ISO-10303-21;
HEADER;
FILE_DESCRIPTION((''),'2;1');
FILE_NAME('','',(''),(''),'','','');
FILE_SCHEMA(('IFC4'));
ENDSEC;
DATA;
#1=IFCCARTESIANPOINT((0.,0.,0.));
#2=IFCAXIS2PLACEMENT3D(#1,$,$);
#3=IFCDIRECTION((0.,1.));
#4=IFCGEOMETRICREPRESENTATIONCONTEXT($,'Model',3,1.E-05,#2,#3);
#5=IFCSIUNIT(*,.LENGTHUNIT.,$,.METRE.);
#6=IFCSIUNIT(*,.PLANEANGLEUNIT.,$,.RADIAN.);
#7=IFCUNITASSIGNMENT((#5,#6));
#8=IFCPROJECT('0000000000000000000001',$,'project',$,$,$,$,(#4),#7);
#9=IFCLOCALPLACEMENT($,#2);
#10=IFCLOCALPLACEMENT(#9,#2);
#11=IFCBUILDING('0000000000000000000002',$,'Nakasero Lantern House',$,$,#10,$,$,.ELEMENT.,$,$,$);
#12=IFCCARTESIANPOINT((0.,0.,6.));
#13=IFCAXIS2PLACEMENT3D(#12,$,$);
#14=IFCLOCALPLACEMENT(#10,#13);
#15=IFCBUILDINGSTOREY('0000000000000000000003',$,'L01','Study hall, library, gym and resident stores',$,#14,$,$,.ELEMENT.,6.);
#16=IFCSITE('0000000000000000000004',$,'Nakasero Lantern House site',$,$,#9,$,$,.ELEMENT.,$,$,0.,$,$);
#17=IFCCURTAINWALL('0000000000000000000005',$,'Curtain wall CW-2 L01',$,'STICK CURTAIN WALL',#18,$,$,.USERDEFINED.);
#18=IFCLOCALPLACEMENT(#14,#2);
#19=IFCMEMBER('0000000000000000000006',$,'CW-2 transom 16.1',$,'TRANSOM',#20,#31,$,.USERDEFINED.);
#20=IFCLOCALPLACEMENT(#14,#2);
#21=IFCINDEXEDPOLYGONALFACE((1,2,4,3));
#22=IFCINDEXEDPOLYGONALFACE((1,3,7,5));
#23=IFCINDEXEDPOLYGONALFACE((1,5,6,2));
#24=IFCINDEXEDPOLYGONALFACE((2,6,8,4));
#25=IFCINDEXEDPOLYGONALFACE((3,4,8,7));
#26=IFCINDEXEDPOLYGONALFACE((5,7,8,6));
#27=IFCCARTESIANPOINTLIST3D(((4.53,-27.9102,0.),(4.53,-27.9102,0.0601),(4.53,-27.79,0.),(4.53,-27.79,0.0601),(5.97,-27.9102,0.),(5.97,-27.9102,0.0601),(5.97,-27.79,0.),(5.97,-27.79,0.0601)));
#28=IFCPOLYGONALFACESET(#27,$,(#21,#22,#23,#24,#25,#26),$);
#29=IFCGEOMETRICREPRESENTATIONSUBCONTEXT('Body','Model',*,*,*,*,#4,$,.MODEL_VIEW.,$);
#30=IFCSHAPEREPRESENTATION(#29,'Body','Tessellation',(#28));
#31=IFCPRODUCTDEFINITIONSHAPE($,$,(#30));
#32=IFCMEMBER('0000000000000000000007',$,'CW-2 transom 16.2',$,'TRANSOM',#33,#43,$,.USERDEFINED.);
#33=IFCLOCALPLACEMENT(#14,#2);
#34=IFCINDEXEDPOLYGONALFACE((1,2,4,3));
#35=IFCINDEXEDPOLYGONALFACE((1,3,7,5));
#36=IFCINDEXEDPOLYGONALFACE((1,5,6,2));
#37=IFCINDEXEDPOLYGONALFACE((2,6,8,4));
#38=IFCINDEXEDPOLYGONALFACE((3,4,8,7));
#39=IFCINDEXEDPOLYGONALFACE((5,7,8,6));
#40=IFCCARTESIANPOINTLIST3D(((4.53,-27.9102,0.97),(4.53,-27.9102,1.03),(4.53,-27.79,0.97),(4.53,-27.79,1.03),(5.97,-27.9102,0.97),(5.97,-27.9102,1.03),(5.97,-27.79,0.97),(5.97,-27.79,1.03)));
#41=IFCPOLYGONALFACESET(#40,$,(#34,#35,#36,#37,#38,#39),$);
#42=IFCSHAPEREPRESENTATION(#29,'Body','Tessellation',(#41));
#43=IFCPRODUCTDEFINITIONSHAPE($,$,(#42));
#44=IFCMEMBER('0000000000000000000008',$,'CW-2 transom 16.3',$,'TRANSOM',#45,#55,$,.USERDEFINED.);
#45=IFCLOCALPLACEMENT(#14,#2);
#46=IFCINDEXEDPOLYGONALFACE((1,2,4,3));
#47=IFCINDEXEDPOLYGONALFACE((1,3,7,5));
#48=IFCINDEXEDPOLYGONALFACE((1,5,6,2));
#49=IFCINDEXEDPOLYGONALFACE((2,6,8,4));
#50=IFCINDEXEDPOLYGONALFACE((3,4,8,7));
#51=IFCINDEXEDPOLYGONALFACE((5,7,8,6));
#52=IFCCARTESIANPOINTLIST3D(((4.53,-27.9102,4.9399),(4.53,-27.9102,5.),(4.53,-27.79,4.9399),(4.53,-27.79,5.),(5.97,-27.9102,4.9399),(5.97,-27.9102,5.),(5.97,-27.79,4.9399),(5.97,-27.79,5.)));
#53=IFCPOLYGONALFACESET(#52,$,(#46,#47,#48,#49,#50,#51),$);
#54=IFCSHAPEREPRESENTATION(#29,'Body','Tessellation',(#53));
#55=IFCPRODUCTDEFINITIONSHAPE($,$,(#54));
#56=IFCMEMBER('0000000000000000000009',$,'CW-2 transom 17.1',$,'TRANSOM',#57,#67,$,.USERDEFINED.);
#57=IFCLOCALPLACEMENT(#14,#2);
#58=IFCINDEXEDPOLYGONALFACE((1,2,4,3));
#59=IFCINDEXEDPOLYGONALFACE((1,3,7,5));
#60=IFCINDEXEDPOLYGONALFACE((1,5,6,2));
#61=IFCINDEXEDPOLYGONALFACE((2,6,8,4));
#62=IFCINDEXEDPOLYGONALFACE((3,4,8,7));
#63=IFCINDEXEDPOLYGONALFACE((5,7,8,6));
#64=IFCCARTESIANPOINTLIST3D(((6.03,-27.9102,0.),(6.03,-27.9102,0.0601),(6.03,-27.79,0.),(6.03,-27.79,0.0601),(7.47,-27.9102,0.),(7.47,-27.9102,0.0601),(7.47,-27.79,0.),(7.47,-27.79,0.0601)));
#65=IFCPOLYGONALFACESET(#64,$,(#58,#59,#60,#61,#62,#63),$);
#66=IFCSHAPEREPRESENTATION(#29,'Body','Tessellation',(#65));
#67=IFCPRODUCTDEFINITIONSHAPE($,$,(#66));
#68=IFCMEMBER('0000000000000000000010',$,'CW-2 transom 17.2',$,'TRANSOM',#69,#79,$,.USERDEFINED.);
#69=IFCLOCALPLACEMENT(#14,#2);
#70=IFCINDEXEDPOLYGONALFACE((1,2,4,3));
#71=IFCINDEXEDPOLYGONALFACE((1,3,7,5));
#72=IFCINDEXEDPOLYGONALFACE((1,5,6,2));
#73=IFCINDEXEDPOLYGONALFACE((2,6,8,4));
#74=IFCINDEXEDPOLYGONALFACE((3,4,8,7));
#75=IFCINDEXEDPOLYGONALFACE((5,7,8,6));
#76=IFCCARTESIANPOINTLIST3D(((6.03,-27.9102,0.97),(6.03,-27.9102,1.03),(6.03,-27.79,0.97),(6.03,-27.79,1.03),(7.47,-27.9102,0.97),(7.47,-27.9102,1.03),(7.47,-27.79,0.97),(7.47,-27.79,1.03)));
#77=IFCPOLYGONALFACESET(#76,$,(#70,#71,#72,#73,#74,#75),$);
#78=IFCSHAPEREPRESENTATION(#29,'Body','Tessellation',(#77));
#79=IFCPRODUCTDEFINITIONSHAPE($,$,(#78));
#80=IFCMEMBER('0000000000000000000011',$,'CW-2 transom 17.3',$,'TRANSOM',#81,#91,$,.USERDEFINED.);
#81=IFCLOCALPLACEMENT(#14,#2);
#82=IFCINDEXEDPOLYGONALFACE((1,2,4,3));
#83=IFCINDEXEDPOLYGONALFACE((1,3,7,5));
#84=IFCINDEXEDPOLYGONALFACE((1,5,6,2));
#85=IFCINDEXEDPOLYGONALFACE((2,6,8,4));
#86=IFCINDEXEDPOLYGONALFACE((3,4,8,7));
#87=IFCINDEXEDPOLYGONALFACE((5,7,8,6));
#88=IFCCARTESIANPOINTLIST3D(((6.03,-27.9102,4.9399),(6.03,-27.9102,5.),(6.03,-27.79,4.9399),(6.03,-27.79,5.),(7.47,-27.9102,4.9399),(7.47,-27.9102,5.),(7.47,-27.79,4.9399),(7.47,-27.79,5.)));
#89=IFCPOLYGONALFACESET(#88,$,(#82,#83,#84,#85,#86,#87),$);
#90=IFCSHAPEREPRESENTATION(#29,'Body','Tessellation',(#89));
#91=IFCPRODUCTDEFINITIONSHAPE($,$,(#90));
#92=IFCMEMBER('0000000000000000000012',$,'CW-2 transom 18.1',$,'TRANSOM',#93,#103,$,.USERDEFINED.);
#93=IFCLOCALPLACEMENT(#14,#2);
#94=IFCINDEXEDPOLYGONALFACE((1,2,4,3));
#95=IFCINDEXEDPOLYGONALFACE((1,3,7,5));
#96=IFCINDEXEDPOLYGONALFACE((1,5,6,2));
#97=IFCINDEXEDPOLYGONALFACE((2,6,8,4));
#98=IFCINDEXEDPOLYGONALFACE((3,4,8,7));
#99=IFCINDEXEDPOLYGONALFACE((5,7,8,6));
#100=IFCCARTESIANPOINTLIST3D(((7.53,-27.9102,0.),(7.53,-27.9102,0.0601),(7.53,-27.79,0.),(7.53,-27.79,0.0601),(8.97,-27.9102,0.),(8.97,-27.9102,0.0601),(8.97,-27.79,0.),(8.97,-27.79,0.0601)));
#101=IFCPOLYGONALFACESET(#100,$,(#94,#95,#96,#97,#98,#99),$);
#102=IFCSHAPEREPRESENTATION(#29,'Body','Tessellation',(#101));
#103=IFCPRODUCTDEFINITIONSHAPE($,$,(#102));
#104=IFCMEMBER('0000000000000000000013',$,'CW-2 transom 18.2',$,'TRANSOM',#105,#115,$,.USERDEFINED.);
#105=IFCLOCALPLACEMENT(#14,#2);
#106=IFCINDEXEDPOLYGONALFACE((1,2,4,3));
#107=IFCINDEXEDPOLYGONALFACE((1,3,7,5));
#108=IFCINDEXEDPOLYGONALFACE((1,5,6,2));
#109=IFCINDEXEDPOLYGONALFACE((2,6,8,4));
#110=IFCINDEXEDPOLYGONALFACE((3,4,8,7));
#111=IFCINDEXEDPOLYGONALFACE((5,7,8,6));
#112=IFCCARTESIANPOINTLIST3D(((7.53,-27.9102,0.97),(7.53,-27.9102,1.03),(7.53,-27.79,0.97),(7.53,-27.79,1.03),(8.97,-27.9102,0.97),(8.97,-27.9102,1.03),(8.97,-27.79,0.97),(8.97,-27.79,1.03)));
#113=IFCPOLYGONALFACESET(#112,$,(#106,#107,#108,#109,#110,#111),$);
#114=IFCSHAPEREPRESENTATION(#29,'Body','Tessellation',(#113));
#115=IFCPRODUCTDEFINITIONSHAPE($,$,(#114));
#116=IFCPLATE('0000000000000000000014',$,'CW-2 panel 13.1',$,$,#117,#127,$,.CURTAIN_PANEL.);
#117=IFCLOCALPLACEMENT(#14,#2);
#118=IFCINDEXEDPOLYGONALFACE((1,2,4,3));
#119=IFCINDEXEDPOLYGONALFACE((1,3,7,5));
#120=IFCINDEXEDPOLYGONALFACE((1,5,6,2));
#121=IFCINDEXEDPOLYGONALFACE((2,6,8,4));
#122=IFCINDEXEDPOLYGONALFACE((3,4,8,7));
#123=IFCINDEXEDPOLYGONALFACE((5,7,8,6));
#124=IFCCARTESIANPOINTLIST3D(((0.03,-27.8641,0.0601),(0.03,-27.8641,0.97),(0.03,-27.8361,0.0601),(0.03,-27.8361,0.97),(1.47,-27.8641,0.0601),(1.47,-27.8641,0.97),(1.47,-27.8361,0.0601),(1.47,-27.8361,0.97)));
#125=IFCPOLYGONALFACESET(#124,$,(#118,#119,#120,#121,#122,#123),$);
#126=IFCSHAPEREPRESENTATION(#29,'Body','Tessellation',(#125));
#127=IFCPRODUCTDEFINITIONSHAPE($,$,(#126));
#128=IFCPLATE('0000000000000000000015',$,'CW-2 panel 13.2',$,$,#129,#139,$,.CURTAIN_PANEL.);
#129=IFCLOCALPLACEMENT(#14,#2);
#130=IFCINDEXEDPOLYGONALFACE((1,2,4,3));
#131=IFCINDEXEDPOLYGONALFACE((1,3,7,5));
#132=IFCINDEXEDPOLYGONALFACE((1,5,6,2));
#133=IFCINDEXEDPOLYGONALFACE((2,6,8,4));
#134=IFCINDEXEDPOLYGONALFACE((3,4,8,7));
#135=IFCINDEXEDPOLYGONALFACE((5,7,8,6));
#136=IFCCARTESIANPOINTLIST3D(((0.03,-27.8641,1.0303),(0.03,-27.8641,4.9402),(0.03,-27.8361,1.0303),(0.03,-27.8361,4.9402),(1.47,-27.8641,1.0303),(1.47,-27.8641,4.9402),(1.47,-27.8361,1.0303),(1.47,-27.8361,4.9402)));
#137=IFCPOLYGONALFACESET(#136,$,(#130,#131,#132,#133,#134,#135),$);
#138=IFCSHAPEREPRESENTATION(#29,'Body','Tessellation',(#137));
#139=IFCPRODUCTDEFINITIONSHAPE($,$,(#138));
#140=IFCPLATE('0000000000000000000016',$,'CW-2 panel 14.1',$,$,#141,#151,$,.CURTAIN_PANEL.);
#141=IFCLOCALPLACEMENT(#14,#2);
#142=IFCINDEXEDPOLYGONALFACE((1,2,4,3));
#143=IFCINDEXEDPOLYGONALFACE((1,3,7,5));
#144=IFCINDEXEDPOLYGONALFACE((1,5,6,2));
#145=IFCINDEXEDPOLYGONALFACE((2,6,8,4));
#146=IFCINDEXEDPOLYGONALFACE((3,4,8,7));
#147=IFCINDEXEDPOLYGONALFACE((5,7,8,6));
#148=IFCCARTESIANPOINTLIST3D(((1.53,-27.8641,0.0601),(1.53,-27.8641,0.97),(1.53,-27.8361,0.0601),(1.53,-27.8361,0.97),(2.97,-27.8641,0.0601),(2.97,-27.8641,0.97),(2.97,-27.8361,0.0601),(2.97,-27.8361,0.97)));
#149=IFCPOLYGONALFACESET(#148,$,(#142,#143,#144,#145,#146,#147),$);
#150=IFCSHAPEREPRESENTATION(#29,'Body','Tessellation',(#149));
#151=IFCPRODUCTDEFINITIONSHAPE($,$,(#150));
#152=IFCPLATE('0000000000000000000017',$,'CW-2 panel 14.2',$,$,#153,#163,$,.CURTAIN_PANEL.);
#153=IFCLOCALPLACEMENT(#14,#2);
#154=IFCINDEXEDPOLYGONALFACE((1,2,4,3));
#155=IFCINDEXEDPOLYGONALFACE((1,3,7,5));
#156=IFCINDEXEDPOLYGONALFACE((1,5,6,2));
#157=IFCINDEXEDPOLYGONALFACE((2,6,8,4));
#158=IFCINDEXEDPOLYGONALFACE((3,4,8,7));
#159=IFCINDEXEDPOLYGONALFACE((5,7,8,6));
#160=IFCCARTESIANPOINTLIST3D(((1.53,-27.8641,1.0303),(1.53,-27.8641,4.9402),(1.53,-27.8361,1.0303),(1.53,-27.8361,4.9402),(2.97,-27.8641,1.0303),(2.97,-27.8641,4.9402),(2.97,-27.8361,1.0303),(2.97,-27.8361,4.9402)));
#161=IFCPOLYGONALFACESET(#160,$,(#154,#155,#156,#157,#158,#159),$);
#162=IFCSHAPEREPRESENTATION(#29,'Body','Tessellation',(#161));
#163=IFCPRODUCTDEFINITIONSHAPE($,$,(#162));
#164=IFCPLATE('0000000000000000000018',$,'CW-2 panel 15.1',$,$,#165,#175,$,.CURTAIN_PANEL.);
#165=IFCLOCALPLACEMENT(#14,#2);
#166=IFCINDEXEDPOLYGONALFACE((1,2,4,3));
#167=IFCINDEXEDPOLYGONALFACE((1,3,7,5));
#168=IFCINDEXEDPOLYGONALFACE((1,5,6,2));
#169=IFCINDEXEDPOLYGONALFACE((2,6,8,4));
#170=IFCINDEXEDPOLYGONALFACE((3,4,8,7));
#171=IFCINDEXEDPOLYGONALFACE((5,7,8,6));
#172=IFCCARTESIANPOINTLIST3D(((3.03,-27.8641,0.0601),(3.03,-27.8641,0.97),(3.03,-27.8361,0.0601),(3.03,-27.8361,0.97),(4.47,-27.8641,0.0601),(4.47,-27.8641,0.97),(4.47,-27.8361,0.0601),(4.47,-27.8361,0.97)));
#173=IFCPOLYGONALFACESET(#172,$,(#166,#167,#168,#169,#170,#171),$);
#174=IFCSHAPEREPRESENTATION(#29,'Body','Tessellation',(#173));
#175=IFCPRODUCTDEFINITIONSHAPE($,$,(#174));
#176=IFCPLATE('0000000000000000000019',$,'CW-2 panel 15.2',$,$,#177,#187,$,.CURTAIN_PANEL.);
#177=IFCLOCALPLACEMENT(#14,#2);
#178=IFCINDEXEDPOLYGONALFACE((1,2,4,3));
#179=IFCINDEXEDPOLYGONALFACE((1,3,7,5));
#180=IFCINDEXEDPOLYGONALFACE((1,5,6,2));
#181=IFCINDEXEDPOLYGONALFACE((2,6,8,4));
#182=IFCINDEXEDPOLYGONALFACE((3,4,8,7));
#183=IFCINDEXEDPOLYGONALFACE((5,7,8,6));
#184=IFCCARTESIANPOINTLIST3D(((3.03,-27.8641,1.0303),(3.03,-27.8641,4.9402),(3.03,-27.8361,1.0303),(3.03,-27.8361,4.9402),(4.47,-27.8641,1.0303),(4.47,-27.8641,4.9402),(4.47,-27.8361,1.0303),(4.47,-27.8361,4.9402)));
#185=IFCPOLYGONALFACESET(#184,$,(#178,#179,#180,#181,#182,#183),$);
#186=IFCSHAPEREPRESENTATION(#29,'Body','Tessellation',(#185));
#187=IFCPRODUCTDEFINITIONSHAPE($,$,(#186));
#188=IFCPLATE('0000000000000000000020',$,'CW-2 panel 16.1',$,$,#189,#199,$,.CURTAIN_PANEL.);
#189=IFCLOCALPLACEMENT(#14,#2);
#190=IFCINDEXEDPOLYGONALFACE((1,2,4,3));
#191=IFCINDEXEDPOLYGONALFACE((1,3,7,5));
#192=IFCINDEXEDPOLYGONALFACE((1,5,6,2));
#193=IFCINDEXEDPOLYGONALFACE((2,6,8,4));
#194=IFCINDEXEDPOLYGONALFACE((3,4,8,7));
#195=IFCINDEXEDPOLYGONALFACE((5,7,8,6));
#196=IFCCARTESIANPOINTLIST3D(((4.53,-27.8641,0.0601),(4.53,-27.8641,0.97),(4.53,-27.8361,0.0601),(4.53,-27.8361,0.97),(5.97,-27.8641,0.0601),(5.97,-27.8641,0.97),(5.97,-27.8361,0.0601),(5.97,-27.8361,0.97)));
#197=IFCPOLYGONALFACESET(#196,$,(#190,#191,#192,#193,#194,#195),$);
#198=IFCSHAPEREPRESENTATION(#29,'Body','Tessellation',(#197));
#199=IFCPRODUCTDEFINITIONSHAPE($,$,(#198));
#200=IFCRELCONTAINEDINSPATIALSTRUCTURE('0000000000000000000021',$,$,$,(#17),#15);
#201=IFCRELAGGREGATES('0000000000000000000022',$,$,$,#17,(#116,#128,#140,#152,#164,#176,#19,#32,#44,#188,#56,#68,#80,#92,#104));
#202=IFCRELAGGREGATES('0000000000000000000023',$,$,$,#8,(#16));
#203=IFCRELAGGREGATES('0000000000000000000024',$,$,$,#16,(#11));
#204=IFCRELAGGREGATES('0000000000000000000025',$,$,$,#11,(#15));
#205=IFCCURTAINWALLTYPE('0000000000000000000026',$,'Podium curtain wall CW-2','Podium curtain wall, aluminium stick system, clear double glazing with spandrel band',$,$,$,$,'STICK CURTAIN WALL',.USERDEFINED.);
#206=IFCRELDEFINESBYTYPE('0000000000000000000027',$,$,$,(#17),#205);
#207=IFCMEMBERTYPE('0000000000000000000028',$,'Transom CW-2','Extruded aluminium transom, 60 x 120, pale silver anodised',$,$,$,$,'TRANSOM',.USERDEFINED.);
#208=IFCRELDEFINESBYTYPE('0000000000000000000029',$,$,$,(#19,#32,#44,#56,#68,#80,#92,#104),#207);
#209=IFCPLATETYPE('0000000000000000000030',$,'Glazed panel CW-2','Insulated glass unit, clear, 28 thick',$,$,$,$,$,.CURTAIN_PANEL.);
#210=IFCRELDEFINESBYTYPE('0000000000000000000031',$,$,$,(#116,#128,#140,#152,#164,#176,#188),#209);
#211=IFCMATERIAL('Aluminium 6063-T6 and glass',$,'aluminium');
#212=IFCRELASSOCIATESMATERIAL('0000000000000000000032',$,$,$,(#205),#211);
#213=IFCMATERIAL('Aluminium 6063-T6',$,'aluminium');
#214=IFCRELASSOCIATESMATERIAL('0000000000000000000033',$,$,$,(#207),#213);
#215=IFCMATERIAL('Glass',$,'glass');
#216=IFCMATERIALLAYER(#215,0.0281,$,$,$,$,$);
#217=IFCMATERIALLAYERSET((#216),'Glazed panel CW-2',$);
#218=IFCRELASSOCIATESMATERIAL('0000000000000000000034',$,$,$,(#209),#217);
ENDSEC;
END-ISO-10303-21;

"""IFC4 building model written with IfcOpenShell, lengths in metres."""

from ifc_helpers import new_model, si_unit, direction, frame, origin, origin_2d, place, context, subcontext, project, spatial, rectangle, extrude, material, layer, layer_set, material_profile, profile_set, type_object, element, aggregate, save


model = new_model("IFC4")

# Units and contexts
model_context = context("Model", 3, precision=1e-05, world=origin(), true_north=direction((0.0, 1.0)))
body_context = subcontext(model_context, "Body", "Model", "MODEL_VIEW")
ifc_project = project(units=[si_unit("LENGTHUNIT", "METRE"), si_unit("PLANEANGLEUNIT", "RADIAN")], contexts=[model_context])

# Site, building, storey
site_placement = place(None, origin())
site = spatial("IfcSite", under=ifc_project, at=site_placement, Name="Nakasero Lantern House site", CompositionType="ELEMENT", RefElevation=0.0)
building_placement = place(site_placement, origin())
building = spatial("IfcBuilding", under=site, at=building_placement, Name="Nakasero Lantern House", CompositionType="ELEMENT")
storey_placement = place(building_placement, frame((0.0, 0.0, 6.0)))
storey = spatial("IfcBuildingStorey", under=building, at=storey_placement, Name="L01", Description="Study hall, library, gym and resident stores", CompositionType="ELEMENT", Elevation=6.0)

# Curtain wall, members, plates
ifc_material_1 = material(Name="Aluminium 6063-T6 and glass", Category="aluminium")
curtain_wall_type = type_object("IfcCurtainWallType", Name="Podium curtain wall CW-2", Description="Podium curtain wall, aluminium stick system, clear double glazing with spandrel band", ElementType="STICK CURTAIN WALL", PredefinedType="USERDEFINED", material=ifc_material_1)
curtain_wall_placement = place(storey_placement, origin())
curtain_wall = element("IfcCurtainWall", 1, at=curtain_wall_placement, inside=storey, type_object=curtain_wall_type, Name="Curtain wall CW-2 L01", ObjectType="STICK CURTAIN WALL", PredefinedType="USERDEFINED")
ifc_material_2 = material(Name="Aluminium 6063-T6", Category="aluminium")
ifc_material_profile_1 = material_profile(ifc_material_2, rectangle(XDim=0.0601, YDim=0.1201, at=origin_2d()), Name="CW-2 transom 60x120")
ifc_profile_set_1 = profile_set([ifc_material_profile_1], Name="Aluminium 6063-T6")
member_type_1 = type_object("IfcMemberType", Name="Transom CW-2", Description="Extruded aluminium transom, 60 x 120, pale silver anodised", ElementType="TRANSOM", PredefinedType="USERDEFINED", material=ifc_profile_set_1)
member_1_placement = place(storey_placement, frame((4.53, -27.8501, 0.03), z_axis=(1.0, 0.0, 0.0), x_axis=(0.0, 0.0, 1.0)))
member_1 = element("IfcMember", 2, at=member_1_placement, type_object=member_type_1, Name="CW-2 transom 16.1", ObjectType="TRANSOM", PredefinedType="USERDEFINED", context=body_context, shape_type="SweptSolid", body=[
    extrude(rectangle(XDim=0.0601, YDim=0.1201, at=origin_2d()), origin(), (0.0, 0.0, 1.0), 1.4399),
])
member_2_placement = place(storey_placement, frame((4.53, -27.8501, 1.0), z_axis=(1.0, 0.0, 0.0), x_axis=(0.0, 0.0, 1.0)))
member_2 = element("IfcMember", 3, at=member_2_placement, type_object=member_type_1, Name="CW-2 transom 16.2", ObjectType="TRANSOM", PredefinedType="USERDEFINED", context=body_context, shape_type="SweptSolid", body=[
    extrude(rectangle(XDim=0.0601, YDim=0.1201, at=origin_2d()), origin(), (0.0, 0.0, 1.0), 1.4399),
])
member_3_placement = place(storey_placement, frame((4.53, -27.8501, 4.97), z_axis=(1.0, 0.0, 0.0), x_axis=(0.0, 0.0, 1.0)))
member_3 = element("IfcMember", 4, at=member_3_placement, type_object=member_type_1, Name="CW-2 transom 16.3", ObjectType="TRANSOM", PredefinedType="USERDEFINED", context=body_context, shape_type="SweptSolid", body=[
    extrude(rectangle(XDim=0.0601, YDim=0.1201, at=origin_2d()), origin(), (0.0, 0.0, 1.0), 1.4399),
])
member_4_placement = place(storey_placement, frame((6.03, -27.8501, 0.03), z_axis=(1.0, 0.0, 0.0), x_axis=(0.0, 0.0, 1.0)))
member_4 = element("IfcMember", 5, at=member_4_placement, type_object=member_type_1, Name="CW-2 transom 17.1", ObjectType="TRANSOM", PredefinedType="USERDEFINED", context=body_context, shape_type="SweptSolid", body=[
    extrude(rectangle(XDim=0.0601, YDim=0.1201, at=origin_2d()), origin(), (0.0, 0.0, 1.0), 1.4399),
])
member_5_placement = place(storey_placement, frame((6.03, -27.8501, 1.0), z_axis=(1.0, 0.0, 0.0), x_axis=(0.0, 0.0, 1.0)))
member_5 = element("IfcMember", 6, at=member_5_placement, type_object=member_type_1, Name="CW-2 transom 17.2", ObjectType="TRANSOM", PredefinedType="USERDEFINED", context=body_context, shape_type="SweptSolid", body=[
    extrude(rectangle(XDim=0.0601, YDim=0.1201, at=origin_2d()), origin(), (0.0, 0.0, 1.0), 1.4399),
])
member_6_placement = place(storey_placement, frame((6.03, -27.8501, 4.97), z_axis=(1.0, 0.0, 0.0), x_axis=(0.0, 0.0, 1.0)))
member_6 = element("IfcMember", 7, at=member_6_placement, type_object=member_type_1, Name="CW-2 transom 17.3", ObjectType="TRANSOM", PredefinedType="USERDEFINED", context=body_context, shape_type="SweptSolid", body=[
    extrude(rectangle(XDim=0.0601, YDim=0.1201, at=origin_2d()), origin(), (0.0, 0.0, 1.0), 1.4399),
])
member_7_placement = place(storey_placement, frame((7.53, -27.8501, 0.03), z_axis=(1.0, 0.0, 0.0), x_axis=(0.0, 0.0, 1.0)))
member_7 = element("IfcMember", 8, at=member_7_placement, type_object=member_type_1, Name="CW-2 transom 18.1", ObjectType="TRANSOM", PredefinedType="USERDEFINED", context=body_context, shape_type="SweptSolid", body=[
    extrude(rectangle(XDim=0.0601, YDim=0.1201, at=origin_2d()), origin(), (0.0, 0.0, 1.0), 1.4399),
])
member_8_placement = place(storey_placement, frame((7.53, -27.8501, 1.0), z_axis=(1.0, 0.0, 0.0), x_axis=(0.0, 0.0, 1.0)))
member_8 = element("IfcMember", 9, at=member_8_placement, type_object=member_type_1, Name="CW-2 transom 18.2", ObjectType="TRANSOM", PredefinedType="USERDEFINED", context=body_context, shape_type="SweptSolid", body=[
    extrude(rectangle(XDim=0.0601, YDim=0.1201, at=origin_2d()), origin(), (0.0, 0.0, 1.0), 1.4399),
])
ifc_material_3 = material(Name="Glass", Category="glass")
ifc_layer = layer(ifc_material_3, 0.0281)
ifc_layer_set = layer_set([ifc_layer], Name="Glazed panel CW-2")
plate_type = type_object("IfcPlateType", Name="Glazed panel CW-2", Description="Insulated glass unit, clear, 28 thick", PredefinedType="CURTAIN_PANEL", material=ifc_layer_set)
plate_1_placement = place(storey_placement, frame((0.75, -27.8501, 0.0601), z_axis=(0.0, 0.0, 1.0), x_axis=(1.0, 0.0, 0.0)))
plate_1 = element("IfcPlate", 10, at=plate_1_placement, type_object=plate_type, Name="CW-2 panel 13.1", PredefinedType="CURTAIN_PANEL", context=body_context, shape_type="SweptSolid", body=[
    extrude(rectangle(XDim=1.4399, YDim=0.0281, at=origin_2d()), origin(), (0.0, 0.0, 1.0), 0.9099),
])
plate_2_placement = place(storey_placement, frame((0.75, -27.8501, 1.0303), z_axis=(0.0, 0.0, 1.0), x_axis=(1.0, 0.0, 0.0)))
plate_2 = element("IfcPlate", 11, at=plate_2_placement, type_object=plate_type, Name="CW-2 panel 13.2", PredefinedType="CURTAIN_PANEL", context=body_context, shape_type="SweptSolid", body=[
    extrude(rectangle(XDim=1.4399, YDim=0.0281, at=origin_2d()), origin(), (0.0, 0.0, 1.0), 3.9099),
])
plate_3_placement = place(storey_placement, frame((2.25, -27.8501, 0.0601), z_axis=(0.0, 0.0, 1.0), x_axis=(1.0, 0.0, 0.0)))
plate_3 = element("IfcPlate", 12, at=plate_3_placement, type_object=plate_type, Name="CW-2 panel 14.1", PredefinedType="CURTAIN_PANEL", context=body_context, shape_type="SweptSolid", body=[
    extrude(rectangle(XDim=1.4399, YDim=0.0281, at=origin_2d()), origin(), (0.0, 0.0, 1.0), 0.9099),
])
plate_4_placement = place(storey_placement, frame((2.25, -27.8501, 1.0303), z_axis=(0.0, 0.0, 1.0), x_axis=(1.0, 0.0, 0.0)))
plate_4 = element("IfcPlate", 13, at=plate_4_placement, type_object=plate_type, Name="CW-2 panel 14.2", PredefinedType="CURTAIN_PANEL", context=body_context, shape_type="SweptSolid", body=[
    extrude(rectangle(XDim=1.4399, YDim=0.0281, at=origin_2d()), origin(), (0.0, 0.0, 1.0), 3.9099),
])
plate_5_placement = place(storey_placement, frame((3.75, -27.8501, 0.0601), z_axis=(0.0, 0.0, 1.0), x_axis=(1.0, 0.0, 0.0)))
plate_5 = element("IfcPlate", 14, at=plate_5_placement, type_object=plate_type, Name="CW-2 panel 15.1", PredefinedType="CURTAIN_PANEL", context=body_context, shape_type="SweptSolid", body=[
    extrude(rectangle(XDim=1.4399, YDim=0.0281, at=origin_2d()), origin(), (0.0, 0.0, 1.0), 0.9099),
])
plate_6_placement = place(storey_placement, frame((3.75, -27.8501, 1.0303), z_axis=(0.0, 0.0, 1.0), x_axis=(1.0, 0.0, 0.0)))
plate_6 = element("IfcPlate", 15, at=plate_6_placement, type_object=plate_type, Name="CW-2 panel 15.2", PredefinedType="CURTAIN_PANEL", context=body_context, shape_type="SweptSolid", body=[
    extrude(rectangle(XDim=1.4399, YDim=0.0281, at=origin_2d()), origin(), (0.0, 0.0, 1.0), 3.9099),
])
plate_7_placement = place(storey_placement, frame((5.25, -27.8501, 0.0601), z_axis=(0.0, 0.0, 1.0), x_axis=(1.0, 0.0, 0.0)))
plate_7 = element("IfcPlate", 16, at=plate_7_placement, type_object=plate_type, Name="CW-2 panel 16.1", PredefinedType="CURTAIN_PANEL", context=body_context, shape_type="SweptSolid", body=[
    extrude(rectangle(XDim=1.4399, YDim=0.0281, at=origin_2d()), origin(), (0.0, 0.0, 1.0), 0.9099),
])
aggregate(curtain_wall, [plate_1, plate_2, plate_3, plate_4, plate_5, plate_6, member_1, member_2, member_3, plate_7, member_4, member_5, member_6, member_7, member_8])

save(model, "model.ifc")
